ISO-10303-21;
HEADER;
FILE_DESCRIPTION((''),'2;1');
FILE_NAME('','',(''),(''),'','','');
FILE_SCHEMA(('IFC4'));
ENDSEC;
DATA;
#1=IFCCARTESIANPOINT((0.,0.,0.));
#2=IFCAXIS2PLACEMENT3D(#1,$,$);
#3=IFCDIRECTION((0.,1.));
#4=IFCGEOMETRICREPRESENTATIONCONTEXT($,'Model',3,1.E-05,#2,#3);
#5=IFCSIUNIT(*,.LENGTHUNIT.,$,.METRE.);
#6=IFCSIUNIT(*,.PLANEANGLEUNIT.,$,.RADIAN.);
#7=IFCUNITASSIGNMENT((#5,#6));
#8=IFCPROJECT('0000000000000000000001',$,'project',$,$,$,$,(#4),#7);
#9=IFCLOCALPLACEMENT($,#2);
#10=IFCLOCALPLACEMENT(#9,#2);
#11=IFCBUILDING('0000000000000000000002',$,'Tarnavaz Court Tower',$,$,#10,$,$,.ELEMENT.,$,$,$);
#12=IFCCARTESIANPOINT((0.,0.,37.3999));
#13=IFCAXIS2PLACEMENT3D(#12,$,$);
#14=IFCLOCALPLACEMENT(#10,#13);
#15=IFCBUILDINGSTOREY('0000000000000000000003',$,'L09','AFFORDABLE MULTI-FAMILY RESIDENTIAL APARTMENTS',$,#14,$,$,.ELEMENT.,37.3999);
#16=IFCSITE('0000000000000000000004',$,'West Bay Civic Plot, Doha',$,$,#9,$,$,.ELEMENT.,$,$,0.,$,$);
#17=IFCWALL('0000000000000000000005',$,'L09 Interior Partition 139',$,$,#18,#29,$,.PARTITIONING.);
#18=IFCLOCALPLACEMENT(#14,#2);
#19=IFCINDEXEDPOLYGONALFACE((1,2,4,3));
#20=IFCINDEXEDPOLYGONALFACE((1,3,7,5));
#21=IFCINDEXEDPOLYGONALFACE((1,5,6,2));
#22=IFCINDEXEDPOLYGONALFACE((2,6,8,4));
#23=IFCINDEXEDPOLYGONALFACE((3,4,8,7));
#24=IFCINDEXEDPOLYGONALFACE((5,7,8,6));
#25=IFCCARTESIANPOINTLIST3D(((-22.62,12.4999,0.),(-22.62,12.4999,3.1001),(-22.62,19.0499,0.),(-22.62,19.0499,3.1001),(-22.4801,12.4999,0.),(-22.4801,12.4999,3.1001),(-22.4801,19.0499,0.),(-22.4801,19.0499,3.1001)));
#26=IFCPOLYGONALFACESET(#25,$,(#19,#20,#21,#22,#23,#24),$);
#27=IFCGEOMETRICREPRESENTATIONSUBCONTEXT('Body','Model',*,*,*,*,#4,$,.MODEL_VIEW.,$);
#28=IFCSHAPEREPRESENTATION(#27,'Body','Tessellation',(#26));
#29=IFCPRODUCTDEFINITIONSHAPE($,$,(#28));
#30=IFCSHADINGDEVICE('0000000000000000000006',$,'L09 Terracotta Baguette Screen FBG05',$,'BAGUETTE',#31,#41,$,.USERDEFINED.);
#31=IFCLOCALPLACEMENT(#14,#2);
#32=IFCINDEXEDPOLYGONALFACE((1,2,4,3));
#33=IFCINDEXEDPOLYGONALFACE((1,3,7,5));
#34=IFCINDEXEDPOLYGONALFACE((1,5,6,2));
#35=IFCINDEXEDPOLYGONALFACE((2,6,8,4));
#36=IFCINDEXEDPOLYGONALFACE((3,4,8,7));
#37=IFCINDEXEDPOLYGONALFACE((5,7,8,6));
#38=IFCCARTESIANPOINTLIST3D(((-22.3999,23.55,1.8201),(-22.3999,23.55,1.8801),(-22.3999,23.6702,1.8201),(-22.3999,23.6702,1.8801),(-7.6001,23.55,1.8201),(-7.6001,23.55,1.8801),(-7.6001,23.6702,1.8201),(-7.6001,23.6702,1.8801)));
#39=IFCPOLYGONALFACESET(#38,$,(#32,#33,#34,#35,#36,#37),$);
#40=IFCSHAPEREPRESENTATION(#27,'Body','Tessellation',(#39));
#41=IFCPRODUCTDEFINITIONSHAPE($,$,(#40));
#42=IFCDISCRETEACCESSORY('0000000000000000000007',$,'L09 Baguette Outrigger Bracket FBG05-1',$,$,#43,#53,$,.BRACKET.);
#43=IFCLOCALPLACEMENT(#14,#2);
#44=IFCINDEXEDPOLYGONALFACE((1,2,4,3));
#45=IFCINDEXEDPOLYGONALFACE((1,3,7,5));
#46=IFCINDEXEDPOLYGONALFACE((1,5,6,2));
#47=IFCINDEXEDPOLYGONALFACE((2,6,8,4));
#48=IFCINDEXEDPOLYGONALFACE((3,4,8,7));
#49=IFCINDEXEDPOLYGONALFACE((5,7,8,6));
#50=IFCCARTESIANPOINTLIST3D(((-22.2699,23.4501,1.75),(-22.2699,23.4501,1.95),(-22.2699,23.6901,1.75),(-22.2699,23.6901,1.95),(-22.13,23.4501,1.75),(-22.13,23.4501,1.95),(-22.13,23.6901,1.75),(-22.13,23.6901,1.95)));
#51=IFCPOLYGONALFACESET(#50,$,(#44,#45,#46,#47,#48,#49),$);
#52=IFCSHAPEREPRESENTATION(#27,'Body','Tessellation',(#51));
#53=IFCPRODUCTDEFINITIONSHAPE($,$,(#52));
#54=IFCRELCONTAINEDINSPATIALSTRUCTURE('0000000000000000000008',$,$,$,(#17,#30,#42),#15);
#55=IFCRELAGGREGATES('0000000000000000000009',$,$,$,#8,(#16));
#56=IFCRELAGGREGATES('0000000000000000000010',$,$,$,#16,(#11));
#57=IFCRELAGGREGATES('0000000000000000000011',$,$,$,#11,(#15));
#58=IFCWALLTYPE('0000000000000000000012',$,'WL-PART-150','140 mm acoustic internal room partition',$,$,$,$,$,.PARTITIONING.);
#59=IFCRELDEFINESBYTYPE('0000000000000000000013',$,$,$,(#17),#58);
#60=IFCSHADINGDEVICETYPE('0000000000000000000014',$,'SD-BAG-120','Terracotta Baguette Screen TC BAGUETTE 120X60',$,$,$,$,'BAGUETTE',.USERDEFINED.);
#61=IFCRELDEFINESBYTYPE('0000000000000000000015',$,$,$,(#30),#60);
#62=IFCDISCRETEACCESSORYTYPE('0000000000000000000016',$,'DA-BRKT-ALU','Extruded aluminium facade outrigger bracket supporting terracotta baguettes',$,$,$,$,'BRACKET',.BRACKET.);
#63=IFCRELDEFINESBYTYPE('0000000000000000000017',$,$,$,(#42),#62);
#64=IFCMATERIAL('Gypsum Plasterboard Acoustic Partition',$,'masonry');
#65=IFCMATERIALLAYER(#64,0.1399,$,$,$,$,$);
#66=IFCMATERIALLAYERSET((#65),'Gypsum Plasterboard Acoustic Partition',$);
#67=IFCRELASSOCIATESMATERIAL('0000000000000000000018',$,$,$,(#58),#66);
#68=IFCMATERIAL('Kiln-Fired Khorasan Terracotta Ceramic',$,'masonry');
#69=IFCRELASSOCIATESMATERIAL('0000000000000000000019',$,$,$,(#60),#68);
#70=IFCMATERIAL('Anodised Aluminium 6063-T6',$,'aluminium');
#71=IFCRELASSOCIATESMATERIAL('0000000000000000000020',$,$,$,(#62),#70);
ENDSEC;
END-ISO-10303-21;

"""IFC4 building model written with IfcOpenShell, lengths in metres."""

from ifc_helpers import new_model, si_unit, direction, frame, frame_2d, origin, origin_2d, place, context, subcontext, project, spatial, rectangle, extrude, material, layer, layer_set, material_profile, profile_set, type_object, element, save


model = new_model("IFC4")

# Units and contexts
model_context = context("Model", 3, precision=1e-05, world=origin(), true_north=direction((0.0, 1.0)))
body_context = subcontext(model_context, "Body", "Model", "MODEL_VIEW")
ifc_project = project(units=[si_unit("LENGTHUNIT", "METRE"), si_unit("PLANEANGLEUNIT", "RADIAN")], contexts=[model_context])

# Site, building, storey
site_placement = place(None, origin())
site = spatial("IfcSite", under=ifc_project, at=site_placement, Name="West Bay Civic Plot, Doha", CompositionType="ELEMENT", RefElevation=0.0)
building_placement = place(site_placement, origin())
building = spatial("IfcBuilding", under=site, at=building_placement, Name="Tarnavaz Court Tower", CompositionType="ELEMENT")
storey_placement = place(building_placement, frame((0.0, 0.0, 37.3999)))
storey = spatial("IfcBuildingStorey", under=building, at=storey_placement, Name="L09", Description="AFFORDABLE MULTI-FAMILY RESIDENTIAL APARTMENTS", CompositionType="ELEMENT", Elevation=37.3999)

# Wall
ifc_material_1 = material(Name="Gypsum Plasterboard Acoustic Partition", Category="masonry")
ifc_layer_1 = layer(ifc_material_1, 0.1399)
ifc_layer_set_1 = layer_set([ifc_layer_1], Name="Gypsum Plasterboard Acoustic Partition")
wall_type_1 = type_object("IfcWallType", Name="WL-PART-150", Description="140 mm acoustic internal room partition", PredefinedType="PARTITIONING", material=ifc_layer_set_1)
wall_1_placement = place(storey_placement, frame((-22.55, 12.5, 0.0), z_axis=(0.0, 0.0, 1.0), x_axis=(0.0, 1.0, 0.0)))
element("IfcWall", 1, at=wall_1_placement, inside=storey, type_object=wall_type_1, Name="L09 Interior Partition 139", PredefinedType="PARTITIONING", context=body_context, shape_type="SweptSolid", body=[
    extrude(rectangle(XDim=6.55, YDim=0.1399, at=frame_2d((3.2749, 0.0))), origin(), (0.0, 0.0, 1.0), 3.1001),
])

# Shading device
ifc_material_2 = material(Name="Kiln-Fired Khorasan Terracotta Ceramic", Category="masonry")
ifc_material_profile_1 = material_profile(ifc_material_2, rectangle(XDim=0.1201, YDim=0.0601, at=origin_2d()), Name="TC BAGUETTE 120X60")
ifc_profile_set_1 = profile_set([ifc_material_profile_1], Name="Kiln-Fired Khorasan Terracotta Ceramic")
shading_device_type = type_object("IfcShadingDeviceType", Name="SD-BAG-120", Description="Terracotta Baguette Screen TC BAGUETTE 120X60", ElementType="BAGUETTE", PredefinedType="USERDEFINED", material=ifc_profile_set_1)
shading_device_placement = place(storey_placement, frame((-22.3999, 23.6101, 1.8501), z_axis=(1.0, 0.0, 0.0), x_axis=(0.0, 1.0, 0.0)))
element("IfcShadingDevice", 2, at=shading_device_placement, inside=storey, type_object=shading_device_type, Name="L09 Terracotta Baguette Screen FBG05", ObjectType="BAGUETTE", PredefinedType="USERDEFINED", context=body_context, shape_type="SweptSolid", body=[
    extrude(rectangle(XDim=0.1201, YDim=0.0601, at=origin_2d()), origin(), (0.0, 0.0, 1.0), 14.7998),
])

# Discrete accessory
ifc_material_3 = material(Name="Anodised Aluminium 6063-T6", Category="aluminium")
discrete_accessory_type = type_object("IfcDiscreteAccessoryType", Name="DA-BRKT-ALU", Description="Extruded aluminium facade outrigger bracket supporting terracotta baguettes", ElementType="BRACKET", PredefinedType="BRACKET", material=ifc_material_3)
discrete_accessory_placement = place(storey_placement, frame((-22.2, 23.5701, 1.75), z_axis=(0.0, 0.0, 1.0), x_axis=(1.0, 0.0, 0.0)))
element("IfcDiscreteAccessory", 3, at=discrete_accessory_placement, inside=storey, type_object=discrete_accessory_type, Name="L09 Baguette Outrigger Bracket FBG05-1", PredefinedType="BRACKET", context=body_context, shape_type="SweptSolid", body=[
    extrude(rectangle(XDim=0.1399, YDim=0.24, at=origin_2d()), origin(), (0.0, 0.0, 1.0), 0.2),
])

save(model, "model.ifc")
